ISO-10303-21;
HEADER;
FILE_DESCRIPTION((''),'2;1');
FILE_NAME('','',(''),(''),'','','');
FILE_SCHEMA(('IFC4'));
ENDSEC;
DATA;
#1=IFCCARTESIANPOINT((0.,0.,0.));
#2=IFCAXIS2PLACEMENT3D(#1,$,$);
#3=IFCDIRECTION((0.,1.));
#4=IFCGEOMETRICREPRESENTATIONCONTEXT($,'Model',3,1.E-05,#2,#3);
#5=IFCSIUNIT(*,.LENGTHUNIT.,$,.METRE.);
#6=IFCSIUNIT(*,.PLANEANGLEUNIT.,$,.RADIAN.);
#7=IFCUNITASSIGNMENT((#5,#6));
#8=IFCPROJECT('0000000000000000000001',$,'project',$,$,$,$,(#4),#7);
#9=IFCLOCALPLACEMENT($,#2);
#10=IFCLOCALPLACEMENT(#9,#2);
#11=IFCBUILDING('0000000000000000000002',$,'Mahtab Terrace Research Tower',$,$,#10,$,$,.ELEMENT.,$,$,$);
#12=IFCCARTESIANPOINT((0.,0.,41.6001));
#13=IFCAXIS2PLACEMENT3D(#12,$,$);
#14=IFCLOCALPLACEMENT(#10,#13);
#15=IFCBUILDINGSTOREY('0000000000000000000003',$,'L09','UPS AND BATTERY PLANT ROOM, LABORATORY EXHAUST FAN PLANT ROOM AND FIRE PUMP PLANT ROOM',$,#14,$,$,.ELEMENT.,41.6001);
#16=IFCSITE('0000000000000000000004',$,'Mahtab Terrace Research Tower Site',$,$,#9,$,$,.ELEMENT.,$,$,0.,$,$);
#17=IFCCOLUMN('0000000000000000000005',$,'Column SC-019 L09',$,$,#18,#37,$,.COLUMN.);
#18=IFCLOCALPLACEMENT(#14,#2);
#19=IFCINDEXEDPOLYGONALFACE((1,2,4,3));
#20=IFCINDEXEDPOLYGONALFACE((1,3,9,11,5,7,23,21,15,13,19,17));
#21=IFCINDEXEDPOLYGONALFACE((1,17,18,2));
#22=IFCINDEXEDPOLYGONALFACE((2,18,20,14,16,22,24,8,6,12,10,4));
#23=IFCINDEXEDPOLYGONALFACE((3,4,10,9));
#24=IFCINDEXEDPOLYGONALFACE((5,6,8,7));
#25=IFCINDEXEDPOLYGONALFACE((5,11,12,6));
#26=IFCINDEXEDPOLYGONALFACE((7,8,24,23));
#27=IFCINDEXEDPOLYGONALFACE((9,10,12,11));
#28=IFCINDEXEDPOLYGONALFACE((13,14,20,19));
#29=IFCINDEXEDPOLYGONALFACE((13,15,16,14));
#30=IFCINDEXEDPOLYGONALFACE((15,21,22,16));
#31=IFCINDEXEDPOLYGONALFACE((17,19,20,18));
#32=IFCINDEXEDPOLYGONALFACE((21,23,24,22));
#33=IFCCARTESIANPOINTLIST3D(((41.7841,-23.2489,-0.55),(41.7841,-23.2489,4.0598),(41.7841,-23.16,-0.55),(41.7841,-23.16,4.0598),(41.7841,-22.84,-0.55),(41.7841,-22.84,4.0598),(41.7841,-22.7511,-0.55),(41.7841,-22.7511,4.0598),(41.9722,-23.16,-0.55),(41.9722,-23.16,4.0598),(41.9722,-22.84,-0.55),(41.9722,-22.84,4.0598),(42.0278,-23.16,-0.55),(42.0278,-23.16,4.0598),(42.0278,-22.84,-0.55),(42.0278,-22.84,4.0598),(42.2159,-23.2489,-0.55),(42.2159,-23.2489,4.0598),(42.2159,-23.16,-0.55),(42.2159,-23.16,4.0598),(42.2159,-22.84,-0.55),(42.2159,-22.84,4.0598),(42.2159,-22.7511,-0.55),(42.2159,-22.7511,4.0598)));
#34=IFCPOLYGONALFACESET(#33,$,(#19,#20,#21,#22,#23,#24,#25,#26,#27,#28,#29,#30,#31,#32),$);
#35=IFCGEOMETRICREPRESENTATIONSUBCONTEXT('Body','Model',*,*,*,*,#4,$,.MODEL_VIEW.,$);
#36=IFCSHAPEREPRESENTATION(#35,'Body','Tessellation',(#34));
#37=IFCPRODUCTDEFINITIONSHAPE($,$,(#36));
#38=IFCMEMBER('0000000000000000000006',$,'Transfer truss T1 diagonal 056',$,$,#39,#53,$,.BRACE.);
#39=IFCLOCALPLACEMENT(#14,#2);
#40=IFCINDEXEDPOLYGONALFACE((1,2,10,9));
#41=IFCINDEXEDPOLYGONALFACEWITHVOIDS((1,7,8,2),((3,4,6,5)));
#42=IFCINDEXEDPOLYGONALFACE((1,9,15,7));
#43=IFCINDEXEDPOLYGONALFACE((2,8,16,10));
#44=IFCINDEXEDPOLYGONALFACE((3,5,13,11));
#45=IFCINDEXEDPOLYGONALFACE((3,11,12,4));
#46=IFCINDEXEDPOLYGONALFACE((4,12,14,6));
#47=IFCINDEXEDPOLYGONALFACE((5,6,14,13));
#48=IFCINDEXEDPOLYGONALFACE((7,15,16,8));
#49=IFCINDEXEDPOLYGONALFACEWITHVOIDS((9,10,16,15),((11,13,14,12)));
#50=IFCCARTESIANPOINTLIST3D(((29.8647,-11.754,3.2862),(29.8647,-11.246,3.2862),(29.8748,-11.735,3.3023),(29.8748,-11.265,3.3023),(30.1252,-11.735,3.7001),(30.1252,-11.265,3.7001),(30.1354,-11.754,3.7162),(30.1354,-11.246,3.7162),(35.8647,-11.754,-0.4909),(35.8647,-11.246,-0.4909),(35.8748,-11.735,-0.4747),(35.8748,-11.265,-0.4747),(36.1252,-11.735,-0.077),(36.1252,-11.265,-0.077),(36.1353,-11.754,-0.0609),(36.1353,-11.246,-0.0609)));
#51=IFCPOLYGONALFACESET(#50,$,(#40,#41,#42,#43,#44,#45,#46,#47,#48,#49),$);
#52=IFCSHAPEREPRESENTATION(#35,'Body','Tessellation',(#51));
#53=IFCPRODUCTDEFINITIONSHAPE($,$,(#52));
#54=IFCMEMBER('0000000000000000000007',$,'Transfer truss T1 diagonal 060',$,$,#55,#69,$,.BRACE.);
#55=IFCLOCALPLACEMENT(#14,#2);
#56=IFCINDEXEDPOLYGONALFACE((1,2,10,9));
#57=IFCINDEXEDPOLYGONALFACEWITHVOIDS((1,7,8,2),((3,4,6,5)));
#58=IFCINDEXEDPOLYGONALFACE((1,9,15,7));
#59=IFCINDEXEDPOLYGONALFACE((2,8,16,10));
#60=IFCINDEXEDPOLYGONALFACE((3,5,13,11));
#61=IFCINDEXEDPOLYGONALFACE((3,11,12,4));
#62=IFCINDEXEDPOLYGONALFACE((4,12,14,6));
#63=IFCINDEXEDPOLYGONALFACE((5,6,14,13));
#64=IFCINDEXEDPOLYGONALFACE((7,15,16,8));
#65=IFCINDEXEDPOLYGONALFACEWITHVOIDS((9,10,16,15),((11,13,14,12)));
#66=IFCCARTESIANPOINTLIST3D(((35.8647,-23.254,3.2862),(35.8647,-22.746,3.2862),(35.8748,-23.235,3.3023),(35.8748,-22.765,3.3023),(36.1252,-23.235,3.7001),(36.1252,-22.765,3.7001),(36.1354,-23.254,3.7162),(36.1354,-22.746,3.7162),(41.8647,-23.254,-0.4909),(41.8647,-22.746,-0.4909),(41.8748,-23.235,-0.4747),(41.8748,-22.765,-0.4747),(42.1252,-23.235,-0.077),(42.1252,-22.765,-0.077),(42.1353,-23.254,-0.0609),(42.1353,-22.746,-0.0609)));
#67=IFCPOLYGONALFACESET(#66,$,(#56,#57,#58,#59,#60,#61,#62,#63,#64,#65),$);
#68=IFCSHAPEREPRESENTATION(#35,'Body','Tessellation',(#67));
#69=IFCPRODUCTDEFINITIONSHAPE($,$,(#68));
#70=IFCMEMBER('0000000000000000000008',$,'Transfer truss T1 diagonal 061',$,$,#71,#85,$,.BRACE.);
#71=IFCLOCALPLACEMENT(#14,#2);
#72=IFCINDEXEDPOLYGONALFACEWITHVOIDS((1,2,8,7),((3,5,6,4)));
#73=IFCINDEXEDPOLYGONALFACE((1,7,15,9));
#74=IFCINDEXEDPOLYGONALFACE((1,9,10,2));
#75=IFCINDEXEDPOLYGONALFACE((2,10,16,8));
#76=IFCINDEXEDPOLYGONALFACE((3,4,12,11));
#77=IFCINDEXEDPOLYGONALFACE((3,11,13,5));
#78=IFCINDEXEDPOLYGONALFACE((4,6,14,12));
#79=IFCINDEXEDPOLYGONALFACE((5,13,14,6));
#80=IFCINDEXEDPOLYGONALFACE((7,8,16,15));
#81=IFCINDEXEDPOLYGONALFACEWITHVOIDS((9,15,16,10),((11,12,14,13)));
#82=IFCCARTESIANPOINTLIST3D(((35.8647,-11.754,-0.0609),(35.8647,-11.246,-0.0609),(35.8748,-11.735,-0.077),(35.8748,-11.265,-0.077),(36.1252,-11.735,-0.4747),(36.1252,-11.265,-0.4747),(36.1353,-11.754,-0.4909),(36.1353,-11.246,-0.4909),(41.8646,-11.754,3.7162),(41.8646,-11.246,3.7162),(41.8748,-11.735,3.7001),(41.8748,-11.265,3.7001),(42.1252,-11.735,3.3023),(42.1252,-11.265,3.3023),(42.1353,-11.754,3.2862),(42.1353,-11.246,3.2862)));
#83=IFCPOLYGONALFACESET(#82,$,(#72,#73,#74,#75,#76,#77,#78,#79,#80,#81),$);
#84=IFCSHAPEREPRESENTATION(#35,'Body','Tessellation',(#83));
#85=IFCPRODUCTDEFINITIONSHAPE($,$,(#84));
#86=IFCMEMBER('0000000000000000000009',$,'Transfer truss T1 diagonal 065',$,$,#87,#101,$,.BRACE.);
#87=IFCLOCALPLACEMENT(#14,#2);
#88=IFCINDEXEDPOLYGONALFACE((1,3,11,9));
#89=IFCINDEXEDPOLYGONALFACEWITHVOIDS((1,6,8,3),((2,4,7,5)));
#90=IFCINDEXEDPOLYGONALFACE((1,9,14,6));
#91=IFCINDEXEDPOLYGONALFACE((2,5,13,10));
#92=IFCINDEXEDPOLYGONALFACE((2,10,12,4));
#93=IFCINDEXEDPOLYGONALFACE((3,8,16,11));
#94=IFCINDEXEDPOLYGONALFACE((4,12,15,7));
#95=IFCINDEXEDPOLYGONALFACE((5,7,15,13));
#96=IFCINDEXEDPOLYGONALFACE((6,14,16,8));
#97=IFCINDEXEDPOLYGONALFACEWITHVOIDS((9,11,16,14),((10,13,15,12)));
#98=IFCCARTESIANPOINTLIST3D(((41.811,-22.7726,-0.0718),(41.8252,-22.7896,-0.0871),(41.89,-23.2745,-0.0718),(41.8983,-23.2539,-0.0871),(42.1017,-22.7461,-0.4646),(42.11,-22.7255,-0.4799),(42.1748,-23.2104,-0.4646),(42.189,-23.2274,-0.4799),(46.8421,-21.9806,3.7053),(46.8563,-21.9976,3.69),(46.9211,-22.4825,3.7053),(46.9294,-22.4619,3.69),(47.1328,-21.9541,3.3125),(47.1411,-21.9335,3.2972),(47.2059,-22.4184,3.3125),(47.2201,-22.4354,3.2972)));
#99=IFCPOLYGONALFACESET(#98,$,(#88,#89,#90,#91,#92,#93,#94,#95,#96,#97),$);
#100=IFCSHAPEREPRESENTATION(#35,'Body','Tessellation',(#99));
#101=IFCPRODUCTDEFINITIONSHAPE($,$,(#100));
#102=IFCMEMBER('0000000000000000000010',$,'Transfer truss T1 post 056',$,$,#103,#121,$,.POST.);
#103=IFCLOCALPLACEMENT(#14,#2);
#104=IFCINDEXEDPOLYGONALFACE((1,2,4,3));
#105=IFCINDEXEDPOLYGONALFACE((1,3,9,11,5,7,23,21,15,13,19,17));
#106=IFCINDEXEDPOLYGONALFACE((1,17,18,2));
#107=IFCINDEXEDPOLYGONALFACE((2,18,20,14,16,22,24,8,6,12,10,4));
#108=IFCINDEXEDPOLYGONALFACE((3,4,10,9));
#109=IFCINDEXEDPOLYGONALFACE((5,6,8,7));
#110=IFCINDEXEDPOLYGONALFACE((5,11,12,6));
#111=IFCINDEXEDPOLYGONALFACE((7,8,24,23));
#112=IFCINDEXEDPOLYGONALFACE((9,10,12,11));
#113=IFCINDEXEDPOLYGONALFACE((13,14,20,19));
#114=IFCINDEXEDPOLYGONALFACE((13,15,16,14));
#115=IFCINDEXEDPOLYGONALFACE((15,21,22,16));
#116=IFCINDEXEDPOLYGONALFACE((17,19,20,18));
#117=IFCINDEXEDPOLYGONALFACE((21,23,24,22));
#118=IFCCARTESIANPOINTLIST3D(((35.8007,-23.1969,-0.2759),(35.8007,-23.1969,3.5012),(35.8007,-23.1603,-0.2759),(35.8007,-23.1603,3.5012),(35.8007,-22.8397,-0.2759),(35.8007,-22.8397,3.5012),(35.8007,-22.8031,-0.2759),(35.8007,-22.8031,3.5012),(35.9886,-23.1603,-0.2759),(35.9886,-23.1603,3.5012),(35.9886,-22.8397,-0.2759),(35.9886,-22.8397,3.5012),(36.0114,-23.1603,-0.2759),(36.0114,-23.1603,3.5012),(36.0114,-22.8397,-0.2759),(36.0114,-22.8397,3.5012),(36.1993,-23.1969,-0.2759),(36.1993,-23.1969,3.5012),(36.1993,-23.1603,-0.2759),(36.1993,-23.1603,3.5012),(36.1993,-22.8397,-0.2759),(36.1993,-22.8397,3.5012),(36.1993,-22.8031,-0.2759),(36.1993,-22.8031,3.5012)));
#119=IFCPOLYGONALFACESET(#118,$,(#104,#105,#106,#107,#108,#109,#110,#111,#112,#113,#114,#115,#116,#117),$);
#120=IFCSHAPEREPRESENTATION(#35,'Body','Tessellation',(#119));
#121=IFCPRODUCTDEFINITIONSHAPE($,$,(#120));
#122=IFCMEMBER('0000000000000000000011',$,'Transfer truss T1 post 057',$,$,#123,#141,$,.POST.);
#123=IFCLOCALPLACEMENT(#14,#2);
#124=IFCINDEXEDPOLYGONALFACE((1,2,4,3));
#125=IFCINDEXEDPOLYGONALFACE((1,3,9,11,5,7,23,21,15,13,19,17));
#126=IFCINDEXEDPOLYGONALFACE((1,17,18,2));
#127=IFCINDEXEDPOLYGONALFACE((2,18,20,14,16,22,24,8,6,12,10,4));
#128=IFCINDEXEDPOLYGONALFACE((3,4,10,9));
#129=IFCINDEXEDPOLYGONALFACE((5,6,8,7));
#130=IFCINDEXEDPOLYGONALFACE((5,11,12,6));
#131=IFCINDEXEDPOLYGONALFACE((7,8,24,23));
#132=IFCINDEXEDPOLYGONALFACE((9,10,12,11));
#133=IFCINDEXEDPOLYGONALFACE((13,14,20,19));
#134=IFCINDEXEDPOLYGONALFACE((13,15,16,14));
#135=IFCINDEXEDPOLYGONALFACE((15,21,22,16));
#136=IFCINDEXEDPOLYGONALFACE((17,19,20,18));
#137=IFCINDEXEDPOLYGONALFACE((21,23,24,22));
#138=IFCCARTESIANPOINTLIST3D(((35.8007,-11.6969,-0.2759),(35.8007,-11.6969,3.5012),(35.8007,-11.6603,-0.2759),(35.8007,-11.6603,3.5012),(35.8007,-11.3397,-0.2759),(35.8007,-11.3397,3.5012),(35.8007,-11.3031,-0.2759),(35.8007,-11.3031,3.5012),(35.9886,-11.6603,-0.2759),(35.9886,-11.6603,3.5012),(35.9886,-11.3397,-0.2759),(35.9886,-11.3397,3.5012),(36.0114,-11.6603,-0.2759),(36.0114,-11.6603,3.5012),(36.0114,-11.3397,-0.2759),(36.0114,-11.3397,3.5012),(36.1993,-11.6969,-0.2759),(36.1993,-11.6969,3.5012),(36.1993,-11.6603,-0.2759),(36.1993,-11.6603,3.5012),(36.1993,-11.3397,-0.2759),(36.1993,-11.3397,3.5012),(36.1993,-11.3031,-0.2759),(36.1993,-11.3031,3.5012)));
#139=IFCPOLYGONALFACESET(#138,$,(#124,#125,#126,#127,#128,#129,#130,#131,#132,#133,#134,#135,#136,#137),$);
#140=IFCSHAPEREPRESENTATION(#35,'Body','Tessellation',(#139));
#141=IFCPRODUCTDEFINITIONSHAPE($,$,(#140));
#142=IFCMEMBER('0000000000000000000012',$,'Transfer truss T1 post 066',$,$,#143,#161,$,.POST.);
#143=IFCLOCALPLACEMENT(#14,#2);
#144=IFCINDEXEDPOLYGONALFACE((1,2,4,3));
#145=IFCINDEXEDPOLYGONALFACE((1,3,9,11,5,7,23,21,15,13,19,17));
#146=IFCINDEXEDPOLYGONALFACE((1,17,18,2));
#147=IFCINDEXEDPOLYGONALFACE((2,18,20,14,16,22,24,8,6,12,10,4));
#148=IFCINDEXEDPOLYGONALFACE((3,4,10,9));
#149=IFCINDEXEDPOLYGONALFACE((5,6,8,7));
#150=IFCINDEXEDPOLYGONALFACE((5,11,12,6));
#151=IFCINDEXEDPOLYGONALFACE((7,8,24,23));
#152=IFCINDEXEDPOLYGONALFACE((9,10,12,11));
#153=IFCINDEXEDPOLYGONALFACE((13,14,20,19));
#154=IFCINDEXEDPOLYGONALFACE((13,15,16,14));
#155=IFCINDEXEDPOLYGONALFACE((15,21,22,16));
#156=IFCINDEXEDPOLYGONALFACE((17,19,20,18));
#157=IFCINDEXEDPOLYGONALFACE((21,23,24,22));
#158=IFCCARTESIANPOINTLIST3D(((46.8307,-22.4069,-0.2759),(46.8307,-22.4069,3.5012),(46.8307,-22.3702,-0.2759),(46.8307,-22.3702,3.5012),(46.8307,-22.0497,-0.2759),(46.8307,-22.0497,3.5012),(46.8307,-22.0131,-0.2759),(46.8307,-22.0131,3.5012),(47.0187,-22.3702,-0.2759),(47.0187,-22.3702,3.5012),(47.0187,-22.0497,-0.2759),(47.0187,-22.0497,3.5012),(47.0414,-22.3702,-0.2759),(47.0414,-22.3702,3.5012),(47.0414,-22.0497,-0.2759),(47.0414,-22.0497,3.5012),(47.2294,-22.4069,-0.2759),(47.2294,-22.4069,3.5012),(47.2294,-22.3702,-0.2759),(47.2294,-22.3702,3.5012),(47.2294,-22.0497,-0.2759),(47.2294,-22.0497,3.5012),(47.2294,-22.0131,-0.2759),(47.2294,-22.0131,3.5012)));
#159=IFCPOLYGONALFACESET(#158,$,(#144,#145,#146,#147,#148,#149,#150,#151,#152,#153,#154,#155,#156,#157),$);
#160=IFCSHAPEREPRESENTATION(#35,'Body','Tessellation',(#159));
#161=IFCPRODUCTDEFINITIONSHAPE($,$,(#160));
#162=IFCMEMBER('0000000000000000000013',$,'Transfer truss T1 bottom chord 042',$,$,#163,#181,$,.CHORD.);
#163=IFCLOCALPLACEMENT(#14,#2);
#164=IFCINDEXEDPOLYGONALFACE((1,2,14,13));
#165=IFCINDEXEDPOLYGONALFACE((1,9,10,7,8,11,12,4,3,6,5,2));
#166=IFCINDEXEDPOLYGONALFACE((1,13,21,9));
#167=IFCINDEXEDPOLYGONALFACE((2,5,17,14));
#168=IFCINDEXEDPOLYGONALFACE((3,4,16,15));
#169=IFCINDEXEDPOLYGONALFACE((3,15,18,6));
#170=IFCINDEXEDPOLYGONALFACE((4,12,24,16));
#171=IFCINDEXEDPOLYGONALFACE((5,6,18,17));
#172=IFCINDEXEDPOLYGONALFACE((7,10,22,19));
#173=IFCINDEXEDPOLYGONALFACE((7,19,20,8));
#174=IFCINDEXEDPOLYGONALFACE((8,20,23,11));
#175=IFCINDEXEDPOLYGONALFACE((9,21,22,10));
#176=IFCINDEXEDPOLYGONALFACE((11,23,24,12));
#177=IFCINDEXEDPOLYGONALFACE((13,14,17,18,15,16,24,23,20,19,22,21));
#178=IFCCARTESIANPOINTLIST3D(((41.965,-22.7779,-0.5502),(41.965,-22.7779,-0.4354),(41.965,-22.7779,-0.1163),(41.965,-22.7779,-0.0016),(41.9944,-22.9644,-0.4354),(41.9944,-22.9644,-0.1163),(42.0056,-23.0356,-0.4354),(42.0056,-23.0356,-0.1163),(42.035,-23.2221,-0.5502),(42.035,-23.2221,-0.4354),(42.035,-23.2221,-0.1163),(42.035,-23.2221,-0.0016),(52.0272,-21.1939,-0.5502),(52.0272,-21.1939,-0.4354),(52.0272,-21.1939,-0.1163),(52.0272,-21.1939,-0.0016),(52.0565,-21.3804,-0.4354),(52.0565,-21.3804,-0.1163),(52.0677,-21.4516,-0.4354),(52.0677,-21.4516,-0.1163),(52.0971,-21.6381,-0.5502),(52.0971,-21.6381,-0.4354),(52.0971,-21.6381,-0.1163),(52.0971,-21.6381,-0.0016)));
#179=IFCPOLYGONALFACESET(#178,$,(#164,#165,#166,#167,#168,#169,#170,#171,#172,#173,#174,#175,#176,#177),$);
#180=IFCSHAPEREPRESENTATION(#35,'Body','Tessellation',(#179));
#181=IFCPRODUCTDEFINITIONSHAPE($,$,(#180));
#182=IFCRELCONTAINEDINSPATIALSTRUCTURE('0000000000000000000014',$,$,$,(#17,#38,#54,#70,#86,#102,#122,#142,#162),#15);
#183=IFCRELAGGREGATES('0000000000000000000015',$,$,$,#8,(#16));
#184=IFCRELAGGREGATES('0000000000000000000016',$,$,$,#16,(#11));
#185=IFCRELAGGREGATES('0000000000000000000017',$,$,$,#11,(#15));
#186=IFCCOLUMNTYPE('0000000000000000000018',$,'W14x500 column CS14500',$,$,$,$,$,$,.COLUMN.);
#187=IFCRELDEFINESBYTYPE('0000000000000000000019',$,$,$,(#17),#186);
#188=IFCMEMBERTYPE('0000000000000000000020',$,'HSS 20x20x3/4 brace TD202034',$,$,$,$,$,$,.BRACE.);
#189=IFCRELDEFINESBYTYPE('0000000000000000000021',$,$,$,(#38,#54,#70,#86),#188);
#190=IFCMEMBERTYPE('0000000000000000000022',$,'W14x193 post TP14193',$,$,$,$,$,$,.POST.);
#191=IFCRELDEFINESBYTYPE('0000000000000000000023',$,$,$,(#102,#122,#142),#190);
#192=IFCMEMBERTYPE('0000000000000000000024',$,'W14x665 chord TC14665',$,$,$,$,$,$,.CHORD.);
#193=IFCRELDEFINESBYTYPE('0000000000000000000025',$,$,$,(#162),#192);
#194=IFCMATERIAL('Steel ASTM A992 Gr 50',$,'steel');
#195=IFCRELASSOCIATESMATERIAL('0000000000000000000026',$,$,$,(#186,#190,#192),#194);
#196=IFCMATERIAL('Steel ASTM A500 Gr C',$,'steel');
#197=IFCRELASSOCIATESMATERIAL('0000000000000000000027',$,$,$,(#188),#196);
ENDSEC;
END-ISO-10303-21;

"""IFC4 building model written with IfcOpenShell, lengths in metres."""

from ifc_helpers import new_model, si_unit, direction, frame, origin, origin_2d, place, context, subcontext, project, spatial, hollow_rectangle, i_section, extrude, material, material_profile, profile_set, type_object, element, save


model = new_model("IFC4")

# Units and contexts
model_context = context("Model", 3, precision=1e-05, world=origin(), true_north=direction((0.0, 1.0)))
body_context = subcontext(model_context, "Body", "Model", "MODEL_VIEW")
ifc_project = project(units=[si_unit("LENGTHUNIT", "METRE"), si_unit("PLANEANGLEUNIT", "RADIAN")], contexts=[model_context])

# Site, building, storey
site_placement = place(None, origin())
site = spatial("IfcSite", under=ifc_project, at=site_placement, Name="Mahtab Terrace Research Tower Site", CompositionType="ELEMENT", RefElevation=0.0)
building_placement = place(site_placement, origin())
building = spatial("IfcBuilding", under=site, at=building_placement, Name="Mahtab Terrace Research Tower", CompositionType="ELEMENT")
storey_placement = place(building_placement, frame((0.0, 0.0, 41.6001)))
storey = spatial("IfcBuildingStorey", under=building, at=storey_placement, Name="L09", Description="UPS AND BATTERY PLANT ROOM, LABORATORY EXHAUST FAN PLANT ROOM AND FIRE PUMP PLANT ROOM", CompositionType="ELEMENT", Elevation=41.6001)

# Column
ifc_material_1 = material(Name="Steel ASTM A992 Gr 50", Category="steel")
ifc_material_profile_1 = material_profile(ifc_material_1, i_section(OverallWidth=0.4319, OverallDepth=0.4978, WebThickness=0.0557, FlangeThickness=0.0889, at=origin_2d()), Name="W14X500")
ifc_profile_set_1 = profile_set([ifc_material_profile_1], Name="Steel ASTM A992 Gr 50")
column_type = type_object("IfcColumnType", Name="W14x500 column CS14500", PredefinedType="COLUMN", material=ifc_profile_set_1)
column_placement = place(storey_placement, frame((42.0, -23.0, -0.55), z_axis=(0.0, 0.0, 1.0), x_axis=(1.0, 0.0, 0.0)))
element("IfcColumn", 1, at=column_placement, inside=storey, type_object=column_type, Name="Column SC-019 L09", PredefinedType="COLUMN", context=body_context, shape_type="SweptSolid", body=[
    extrude(i_section(OverallWidth=0.4319, OverallDepth=0.4978, WebThickness=0.0557, FlangeThickness=0.0889, at=origin_2d()), origin(), (0.0, 0.0, 1.0), 4.6099),
])

# Members
ifc_material_2 = material(Name="Steel ASTM A500 Gr C", Category="steel")
ifc_material_profile_2 = material_profile(ifc_material_2, hollow_rectangle(XDim=0.5081, YDim=0.5081, WallThickness=0.019, at=origin_2d()), Name="HSS20X20X3/4")
ifc_profile_set_2 = profile_set([ifc_material_profile_2], Name="Steel ASTM A500 Gr C")
member_type_1 = type_object("IfcMemberType", Name="HSS 20x20x3/4 brace TD202034", PredefinedType="BRACE", material=ifc_profile_set_2)
for number, where, z_axis, x_axis, name in (
    (2, (36.0, -11.5, -0.2759), (-0.846276, 0.0, 0.532745), (0.0, -1.0, 0.0), "Transfer truss T1 diagonal 056"),
    (3, (42.0, -23.0, -0.2759), (-0.846276, 0.0, 0.532745), (0.0, -1.0, 0.0), "Transfer truss T1 diagonal 060"),
    (4, (36.0, -11.5, -0.2759), (0.846276, 0.0, 0.532745), (0.0, 1.0, 0.0), "Transfer truss T1 diagonal 061"),
):
    element("IfcMember", number, at=place(storey_placement, frame(where, z_axis=z_axis, x_axis=x_axis)), inside=storey, type_object=member_type_1, Name=name, PredefinedType="BRACE", context=body_context, shape_type="SweptSolid", body=[
        extrude(hollow_rectangle(XDim=0.5081, YDim=0.5081, WallThickness=0.019, at=origin_2d()), origin(), (0.0, 0.0, 1.0), 7.0898),
    ])
member_1_placement = place(storey_placement, frame((42.0, -23.0, -0.2759), z_axis=(0.793444, 0.124906, 0.595689), x_axis=(-0.155507, 0.987835, 0.0)))
element("IfcMember", 5, at=member_1_placement, inside=storey, type_object=member_type_1, Name="Transfer truss T1 diagonal 065", PredefinedType="BRACE", context=body_context, shape_type="SweptSolid", body=[
    extrude(hollow_rectangle(XDim=0.5081, YDim=0.5081, WallThickness=0.019, at=origin_2d()), origin(), (0.0, 0.0, 1.0), 6.3408),
])
ifc_material_profile_3 = material_profile(ifc_material_1, i_section(OverallWidth=0.3987, OverallDepth=0.3938, WebThickness=0.0227, FlangeThickness=0.0366, at=origin_2d()), Name="W14X193")
ifc_profile_set_3 = profile_set([ifc_material_profile_3], Name="Steel ASTM A992 Gr 50")
member_type_2 = type_object("IfcMemberType", Name="W14x193 post TP14193", PredefinedType="POST", material=ifc_profile_set_3)
for number, where, z_axis, x_axis, name in (
    (6, (36.0, -23.0, -0.2759), (0.0, 0.0, 1.0), (1.0, 0.0, 0.0), "Transfer truss T1 post 056"),
    (7, (36.0, -11.5, -0.2759), (0.0, 0.0, 1.0), (1.0, 0.0, 0.0), "Transfer truss T1 post 057"),
    (8, (47.03, -22.21, -0.2759), (0.0, 0.0, 1.0), (1.0, 0.0, 0.0), "Transfer truss T1 post 066"),
):
    element("IfcMember", number, at=place(storey_placement, frame(where, z_axis=z_axis, x_axis=x_axis)), inside=storey, type_object=member_type_2, Name=name, PredefinedType="POST", context=body_context, shape_type="SweptSolid", body=[
        extrude(i_section(OverallWidth=0.3987, OverallDepth=0.3938, WebThickness=0.0227, FlangeThickness=0.0366, at=origin_2d()), origin(), (0.0, 0.0, 1.0), 3.7771),
    ])
ifc_material_profile_4 = material_profile(ifc_material_1, i_section(OverallWidth=0.4497, OverallDepth=0.5486, WebThickness=0.072, FlangeThickness=0.1147, at=origin_2d()), Name="W14X665")
ifc_profile_set_4 = profile_set([ifc_material_profile_4], Name="Steel ASTM A992 Gr 50")
member_type_3 = type_object("IfcMemberType", Name="W14x665 chord TC14665", PredefinedType="CHORD", material=ifc_profile_set_4)
member_2_placement = place(storey_placement, frame((42.0, -23.0, -0.2759), z_axis=(0.987835, 0.155507, 0.0), x_axis=(-0.155507, 0.987835, 0.0)))
element("IfcMember", 9, at=member_2_placement, inside=storey, type_object=member_type_3, Name="Transfer truss T1 bottom chord 042", PredefinedType="CHORD", context=body_context, shape_type="SweptSolid", body=[
    extrude(i_section(OverallWidth=0.4497, OverallDepth=0.5486, WebThickness=0.072, FlangeThickness=0.1147, at=origin_2d()), origin(), (0.0, 0.0, 1.0), 10.186),
])

save(model, "model.ifc")
